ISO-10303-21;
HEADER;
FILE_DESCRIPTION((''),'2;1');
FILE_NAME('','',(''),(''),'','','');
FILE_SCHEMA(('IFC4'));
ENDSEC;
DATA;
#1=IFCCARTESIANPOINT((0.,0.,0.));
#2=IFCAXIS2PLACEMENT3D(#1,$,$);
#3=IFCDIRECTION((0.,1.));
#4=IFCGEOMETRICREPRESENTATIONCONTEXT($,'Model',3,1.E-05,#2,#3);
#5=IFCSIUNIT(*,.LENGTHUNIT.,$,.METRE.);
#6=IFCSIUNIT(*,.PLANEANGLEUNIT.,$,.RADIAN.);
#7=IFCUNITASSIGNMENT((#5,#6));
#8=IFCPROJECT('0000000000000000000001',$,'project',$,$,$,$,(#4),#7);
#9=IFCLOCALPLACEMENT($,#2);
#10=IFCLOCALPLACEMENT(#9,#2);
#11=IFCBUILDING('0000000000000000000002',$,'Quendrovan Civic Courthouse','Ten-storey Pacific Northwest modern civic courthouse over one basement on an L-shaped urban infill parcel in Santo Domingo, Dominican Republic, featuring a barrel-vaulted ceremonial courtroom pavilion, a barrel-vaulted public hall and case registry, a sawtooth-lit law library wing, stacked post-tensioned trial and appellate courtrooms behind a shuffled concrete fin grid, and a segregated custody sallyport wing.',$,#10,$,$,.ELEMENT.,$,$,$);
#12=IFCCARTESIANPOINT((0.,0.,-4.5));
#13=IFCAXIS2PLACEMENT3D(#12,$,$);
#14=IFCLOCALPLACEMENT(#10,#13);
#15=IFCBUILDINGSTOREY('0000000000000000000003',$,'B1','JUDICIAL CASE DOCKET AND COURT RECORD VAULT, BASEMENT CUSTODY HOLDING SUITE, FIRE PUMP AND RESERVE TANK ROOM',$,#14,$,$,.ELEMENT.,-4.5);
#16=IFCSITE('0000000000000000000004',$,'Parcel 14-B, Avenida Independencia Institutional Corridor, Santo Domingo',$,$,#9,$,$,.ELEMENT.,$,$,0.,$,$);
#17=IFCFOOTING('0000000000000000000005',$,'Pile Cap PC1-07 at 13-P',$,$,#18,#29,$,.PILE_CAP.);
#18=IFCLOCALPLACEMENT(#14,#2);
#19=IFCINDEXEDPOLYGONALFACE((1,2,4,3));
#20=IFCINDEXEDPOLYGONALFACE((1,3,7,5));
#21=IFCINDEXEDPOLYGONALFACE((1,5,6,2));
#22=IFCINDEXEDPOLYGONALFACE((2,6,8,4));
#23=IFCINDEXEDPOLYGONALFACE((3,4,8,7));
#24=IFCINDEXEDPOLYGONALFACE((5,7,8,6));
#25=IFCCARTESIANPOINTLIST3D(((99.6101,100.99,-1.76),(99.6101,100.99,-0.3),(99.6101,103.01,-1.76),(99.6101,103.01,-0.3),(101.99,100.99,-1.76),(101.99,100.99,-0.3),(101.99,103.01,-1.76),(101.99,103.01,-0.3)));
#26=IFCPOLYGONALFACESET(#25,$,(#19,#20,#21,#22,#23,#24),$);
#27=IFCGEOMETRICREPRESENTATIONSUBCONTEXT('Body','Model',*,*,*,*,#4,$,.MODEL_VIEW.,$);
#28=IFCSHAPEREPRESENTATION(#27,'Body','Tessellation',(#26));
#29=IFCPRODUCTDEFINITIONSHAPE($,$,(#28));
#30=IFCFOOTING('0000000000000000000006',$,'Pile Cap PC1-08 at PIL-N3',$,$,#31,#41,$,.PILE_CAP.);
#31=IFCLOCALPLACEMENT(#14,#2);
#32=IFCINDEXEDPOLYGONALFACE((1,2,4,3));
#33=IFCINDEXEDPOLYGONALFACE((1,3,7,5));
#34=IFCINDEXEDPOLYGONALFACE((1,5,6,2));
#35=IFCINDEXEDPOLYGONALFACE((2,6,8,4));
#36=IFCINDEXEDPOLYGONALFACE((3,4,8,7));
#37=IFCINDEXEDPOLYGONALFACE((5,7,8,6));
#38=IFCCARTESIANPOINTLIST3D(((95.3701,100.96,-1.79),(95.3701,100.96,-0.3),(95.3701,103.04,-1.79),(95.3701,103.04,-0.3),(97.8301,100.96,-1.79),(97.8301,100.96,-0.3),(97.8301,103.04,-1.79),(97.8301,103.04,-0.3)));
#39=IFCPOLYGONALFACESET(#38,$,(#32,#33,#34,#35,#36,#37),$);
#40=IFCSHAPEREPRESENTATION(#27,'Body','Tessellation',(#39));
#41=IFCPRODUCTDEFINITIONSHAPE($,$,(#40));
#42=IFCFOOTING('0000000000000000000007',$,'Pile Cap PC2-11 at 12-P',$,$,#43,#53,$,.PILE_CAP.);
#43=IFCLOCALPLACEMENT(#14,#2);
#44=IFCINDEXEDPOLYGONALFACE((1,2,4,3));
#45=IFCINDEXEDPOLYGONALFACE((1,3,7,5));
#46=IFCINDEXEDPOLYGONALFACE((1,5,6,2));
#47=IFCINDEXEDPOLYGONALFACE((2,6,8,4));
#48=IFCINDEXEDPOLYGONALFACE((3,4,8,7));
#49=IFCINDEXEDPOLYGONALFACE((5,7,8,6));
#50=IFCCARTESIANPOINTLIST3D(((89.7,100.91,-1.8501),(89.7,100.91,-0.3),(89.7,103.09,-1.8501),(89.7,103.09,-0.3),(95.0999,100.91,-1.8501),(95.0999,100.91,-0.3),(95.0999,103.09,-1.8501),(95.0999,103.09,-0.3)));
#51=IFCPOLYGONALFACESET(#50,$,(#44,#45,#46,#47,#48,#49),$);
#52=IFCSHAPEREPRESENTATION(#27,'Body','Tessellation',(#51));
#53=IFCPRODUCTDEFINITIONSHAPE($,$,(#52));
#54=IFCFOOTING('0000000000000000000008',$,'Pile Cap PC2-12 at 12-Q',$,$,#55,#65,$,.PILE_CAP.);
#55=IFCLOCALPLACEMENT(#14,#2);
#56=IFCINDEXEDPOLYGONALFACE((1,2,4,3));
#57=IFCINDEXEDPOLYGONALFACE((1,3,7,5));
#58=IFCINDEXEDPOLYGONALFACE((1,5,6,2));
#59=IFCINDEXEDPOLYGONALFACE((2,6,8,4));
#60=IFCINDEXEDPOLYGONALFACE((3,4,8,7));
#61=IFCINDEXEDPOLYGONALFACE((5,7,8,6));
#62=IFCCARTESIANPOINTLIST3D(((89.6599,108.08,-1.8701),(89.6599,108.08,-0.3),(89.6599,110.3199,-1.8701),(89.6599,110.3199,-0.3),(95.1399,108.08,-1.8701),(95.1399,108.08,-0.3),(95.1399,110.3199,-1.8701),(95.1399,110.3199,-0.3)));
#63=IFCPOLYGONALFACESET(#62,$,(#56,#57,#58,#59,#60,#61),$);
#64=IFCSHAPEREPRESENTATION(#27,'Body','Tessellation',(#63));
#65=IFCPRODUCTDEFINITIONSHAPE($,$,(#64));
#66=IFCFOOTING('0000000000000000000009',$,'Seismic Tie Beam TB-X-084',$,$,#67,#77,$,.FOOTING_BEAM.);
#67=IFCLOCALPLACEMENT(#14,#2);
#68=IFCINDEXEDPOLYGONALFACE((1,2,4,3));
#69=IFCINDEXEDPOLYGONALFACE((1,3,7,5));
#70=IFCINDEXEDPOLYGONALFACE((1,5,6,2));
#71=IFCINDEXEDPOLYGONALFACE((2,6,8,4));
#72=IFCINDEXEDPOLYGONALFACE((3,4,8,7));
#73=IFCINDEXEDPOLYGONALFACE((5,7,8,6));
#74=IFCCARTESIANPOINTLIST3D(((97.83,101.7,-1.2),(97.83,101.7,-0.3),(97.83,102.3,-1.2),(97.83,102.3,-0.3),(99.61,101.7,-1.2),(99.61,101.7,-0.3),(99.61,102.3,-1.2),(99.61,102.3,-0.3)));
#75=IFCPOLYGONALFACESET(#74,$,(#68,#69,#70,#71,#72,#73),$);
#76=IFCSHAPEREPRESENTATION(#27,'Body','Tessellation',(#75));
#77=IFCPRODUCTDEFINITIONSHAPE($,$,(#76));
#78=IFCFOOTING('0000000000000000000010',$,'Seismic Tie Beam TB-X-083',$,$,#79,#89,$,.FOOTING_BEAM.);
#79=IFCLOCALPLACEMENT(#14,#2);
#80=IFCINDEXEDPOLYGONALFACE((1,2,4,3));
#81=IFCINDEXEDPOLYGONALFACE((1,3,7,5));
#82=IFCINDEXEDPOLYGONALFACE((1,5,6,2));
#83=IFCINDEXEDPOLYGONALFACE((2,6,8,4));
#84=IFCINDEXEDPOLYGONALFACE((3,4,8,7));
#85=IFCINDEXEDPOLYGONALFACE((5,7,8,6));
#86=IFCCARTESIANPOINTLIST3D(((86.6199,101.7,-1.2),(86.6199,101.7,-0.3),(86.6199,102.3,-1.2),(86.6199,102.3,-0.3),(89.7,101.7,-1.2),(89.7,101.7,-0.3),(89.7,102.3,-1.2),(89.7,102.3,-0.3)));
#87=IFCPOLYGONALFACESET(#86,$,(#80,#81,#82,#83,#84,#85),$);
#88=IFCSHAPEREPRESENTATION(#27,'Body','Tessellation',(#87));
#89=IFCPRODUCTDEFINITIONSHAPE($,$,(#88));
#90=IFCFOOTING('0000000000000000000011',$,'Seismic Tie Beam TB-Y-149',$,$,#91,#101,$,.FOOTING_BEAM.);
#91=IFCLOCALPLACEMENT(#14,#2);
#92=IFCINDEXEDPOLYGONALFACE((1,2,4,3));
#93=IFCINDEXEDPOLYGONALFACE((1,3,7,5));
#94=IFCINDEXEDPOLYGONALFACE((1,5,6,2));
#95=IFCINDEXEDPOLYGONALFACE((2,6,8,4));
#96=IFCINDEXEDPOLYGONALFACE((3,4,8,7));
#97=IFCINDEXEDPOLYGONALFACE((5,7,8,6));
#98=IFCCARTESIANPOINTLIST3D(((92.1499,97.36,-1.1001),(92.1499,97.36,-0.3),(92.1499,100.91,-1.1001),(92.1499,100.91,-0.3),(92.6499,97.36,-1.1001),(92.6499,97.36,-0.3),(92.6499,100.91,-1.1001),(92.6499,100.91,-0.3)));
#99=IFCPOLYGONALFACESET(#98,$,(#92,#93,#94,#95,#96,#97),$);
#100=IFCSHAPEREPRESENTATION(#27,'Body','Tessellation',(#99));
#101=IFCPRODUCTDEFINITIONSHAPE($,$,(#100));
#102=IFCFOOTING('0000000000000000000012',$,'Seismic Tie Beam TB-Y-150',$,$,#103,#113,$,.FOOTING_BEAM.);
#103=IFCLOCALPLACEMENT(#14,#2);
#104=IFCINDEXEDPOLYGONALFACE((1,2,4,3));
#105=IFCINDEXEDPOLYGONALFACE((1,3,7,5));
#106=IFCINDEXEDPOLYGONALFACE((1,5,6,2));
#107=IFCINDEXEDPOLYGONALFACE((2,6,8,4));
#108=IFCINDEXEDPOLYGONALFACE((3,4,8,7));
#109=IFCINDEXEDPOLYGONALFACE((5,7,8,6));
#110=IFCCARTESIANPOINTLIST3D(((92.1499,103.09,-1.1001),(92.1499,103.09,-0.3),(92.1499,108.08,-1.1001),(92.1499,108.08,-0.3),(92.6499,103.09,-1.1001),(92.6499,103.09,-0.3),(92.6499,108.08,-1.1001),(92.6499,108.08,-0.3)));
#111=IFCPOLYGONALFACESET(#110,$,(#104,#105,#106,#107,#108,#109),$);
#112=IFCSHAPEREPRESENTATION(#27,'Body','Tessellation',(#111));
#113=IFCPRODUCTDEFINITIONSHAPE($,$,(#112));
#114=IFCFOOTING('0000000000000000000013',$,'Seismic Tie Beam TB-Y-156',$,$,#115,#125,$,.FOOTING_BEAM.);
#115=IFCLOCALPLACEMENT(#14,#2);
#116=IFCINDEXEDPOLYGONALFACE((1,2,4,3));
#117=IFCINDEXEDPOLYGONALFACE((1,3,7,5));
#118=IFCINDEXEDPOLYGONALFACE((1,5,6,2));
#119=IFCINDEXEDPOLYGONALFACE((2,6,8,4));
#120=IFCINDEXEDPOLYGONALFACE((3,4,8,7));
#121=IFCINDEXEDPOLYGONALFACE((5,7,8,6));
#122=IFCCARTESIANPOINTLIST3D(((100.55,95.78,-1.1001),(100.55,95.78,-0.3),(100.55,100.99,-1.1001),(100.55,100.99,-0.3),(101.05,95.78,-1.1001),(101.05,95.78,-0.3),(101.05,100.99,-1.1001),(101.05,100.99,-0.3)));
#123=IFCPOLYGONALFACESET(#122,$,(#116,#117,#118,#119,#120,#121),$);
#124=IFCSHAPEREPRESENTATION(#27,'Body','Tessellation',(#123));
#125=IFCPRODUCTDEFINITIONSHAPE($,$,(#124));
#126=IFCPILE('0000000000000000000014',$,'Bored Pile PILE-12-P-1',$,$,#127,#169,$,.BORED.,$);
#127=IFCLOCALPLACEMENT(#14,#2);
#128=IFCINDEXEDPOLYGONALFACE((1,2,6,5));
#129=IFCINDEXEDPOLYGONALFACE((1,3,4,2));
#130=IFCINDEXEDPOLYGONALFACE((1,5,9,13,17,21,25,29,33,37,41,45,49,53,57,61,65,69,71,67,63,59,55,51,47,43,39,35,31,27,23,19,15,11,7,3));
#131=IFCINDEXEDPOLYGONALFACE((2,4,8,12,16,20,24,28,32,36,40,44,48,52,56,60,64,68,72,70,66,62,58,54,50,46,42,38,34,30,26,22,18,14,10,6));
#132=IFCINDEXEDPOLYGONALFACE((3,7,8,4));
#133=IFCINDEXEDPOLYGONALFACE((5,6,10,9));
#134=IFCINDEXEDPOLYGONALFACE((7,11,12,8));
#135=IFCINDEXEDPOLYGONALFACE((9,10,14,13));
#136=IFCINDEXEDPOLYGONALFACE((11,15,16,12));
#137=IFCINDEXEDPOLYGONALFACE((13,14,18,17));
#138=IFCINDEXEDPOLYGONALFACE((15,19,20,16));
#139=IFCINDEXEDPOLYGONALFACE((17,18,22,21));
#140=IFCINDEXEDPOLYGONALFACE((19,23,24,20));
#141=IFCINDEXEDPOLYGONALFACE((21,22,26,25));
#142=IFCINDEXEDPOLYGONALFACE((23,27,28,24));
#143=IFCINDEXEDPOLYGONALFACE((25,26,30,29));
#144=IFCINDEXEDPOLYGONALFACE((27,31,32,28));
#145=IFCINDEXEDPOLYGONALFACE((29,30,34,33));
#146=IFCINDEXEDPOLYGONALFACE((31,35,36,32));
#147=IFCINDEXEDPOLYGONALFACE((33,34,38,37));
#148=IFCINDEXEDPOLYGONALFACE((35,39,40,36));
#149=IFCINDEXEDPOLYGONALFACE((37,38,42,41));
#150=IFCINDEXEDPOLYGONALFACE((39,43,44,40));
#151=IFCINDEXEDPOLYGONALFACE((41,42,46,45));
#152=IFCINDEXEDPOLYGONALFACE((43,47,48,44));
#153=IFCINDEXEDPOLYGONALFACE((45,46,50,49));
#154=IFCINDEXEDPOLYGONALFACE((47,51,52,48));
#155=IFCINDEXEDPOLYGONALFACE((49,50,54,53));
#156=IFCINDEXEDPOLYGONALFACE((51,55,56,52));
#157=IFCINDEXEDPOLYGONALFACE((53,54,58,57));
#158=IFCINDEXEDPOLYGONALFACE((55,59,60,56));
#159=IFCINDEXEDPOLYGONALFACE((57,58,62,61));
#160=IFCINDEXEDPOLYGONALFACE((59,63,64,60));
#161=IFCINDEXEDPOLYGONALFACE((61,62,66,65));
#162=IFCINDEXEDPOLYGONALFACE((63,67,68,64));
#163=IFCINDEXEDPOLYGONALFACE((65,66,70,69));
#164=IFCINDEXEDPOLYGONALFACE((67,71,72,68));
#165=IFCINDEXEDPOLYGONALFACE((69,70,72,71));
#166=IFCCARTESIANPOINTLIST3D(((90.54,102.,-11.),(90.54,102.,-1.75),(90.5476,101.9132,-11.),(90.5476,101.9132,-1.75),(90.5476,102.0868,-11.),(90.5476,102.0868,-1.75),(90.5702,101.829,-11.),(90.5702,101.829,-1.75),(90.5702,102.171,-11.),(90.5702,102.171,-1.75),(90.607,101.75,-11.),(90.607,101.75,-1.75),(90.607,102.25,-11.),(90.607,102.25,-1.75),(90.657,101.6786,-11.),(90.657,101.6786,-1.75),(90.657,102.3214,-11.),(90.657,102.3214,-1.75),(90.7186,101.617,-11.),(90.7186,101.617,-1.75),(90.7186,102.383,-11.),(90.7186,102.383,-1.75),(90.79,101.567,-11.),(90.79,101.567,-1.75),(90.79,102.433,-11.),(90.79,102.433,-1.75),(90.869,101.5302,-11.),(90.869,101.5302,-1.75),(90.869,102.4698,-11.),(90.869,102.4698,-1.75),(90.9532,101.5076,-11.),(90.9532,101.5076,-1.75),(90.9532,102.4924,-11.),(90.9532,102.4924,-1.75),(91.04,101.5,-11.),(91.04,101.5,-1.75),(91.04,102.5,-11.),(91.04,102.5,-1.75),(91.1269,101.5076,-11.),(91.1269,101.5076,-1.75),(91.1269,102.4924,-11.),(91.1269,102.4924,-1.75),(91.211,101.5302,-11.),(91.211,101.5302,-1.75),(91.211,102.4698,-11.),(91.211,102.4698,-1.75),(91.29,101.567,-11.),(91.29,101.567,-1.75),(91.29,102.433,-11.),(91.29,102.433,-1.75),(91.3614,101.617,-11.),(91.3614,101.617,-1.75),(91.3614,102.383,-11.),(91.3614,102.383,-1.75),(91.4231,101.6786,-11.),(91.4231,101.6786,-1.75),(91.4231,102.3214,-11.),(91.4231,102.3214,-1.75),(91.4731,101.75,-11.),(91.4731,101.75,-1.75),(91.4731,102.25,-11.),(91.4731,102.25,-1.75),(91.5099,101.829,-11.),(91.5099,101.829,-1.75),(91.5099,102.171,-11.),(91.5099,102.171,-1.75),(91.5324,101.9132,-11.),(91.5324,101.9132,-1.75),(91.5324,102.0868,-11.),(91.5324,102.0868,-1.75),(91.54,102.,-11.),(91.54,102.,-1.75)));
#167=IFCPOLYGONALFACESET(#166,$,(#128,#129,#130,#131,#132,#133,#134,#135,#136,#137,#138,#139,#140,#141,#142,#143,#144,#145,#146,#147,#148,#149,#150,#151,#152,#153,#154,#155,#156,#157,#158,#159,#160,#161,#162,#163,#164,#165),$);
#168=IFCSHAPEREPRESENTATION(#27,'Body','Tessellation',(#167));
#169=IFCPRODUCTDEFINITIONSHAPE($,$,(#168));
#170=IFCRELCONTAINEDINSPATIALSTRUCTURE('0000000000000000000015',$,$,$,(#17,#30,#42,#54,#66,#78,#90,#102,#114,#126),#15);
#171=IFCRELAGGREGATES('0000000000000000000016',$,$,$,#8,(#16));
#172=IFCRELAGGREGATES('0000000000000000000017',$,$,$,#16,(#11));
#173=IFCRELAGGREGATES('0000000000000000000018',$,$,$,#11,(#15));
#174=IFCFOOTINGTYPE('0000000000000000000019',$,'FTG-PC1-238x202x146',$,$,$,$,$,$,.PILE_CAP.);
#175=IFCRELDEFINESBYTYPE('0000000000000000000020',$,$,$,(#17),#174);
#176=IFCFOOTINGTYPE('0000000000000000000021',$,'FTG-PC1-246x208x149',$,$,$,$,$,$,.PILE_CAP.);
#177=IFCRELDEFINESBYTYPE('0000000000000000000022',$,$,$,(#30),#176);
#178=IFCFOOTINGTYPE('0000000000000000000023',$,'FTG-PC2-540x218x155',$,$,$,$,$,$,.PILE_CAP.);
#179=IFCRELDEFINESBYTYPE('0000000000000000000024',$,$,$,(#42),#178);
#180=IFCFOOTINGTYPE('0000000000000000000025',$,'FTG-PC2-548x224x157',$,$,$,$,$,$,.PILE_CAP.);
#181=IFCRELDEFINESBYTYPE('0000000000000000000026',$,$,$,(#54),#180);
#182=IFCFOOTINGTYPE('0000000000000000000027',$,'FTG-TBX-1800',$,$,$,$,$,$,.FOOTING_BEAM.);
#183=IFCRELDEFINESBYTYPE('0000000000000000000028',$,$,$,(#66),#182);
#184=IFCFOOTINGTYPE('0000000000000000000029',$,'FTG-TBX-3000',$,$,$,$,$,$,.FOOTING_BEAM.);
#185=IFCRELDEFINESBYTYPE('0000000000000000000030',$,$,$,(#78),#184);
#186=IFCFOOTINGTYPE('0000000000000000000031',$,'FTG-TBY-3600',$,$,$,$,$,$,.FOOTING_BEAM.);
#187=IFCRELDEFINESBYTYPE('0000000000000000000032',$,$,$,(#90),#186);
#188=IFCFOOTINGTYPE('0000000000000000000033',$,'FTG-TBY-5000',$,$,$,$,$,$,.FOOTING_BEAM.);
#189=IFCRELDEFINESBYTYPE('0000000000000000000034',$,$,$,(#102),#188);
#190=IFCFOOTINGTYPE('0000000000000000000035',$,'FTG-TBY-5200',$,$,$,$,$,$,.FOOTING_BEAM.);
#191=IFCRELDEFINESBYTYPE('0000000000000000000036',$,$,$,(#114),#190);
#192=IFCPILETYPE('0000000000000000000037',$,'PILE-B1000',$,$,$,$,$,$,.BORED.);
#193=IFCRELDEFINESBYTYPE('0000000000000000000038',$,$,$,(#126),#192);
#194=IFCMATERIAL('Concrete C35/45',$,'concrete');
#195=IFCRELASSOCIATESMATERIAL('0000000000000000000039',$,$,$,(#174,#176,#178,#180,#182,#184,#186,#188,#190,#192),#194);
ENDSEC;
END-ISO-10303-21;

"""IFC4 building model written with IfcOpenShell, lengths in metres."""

from ifc_helpers import new_model, si_unit, direction, frame, origin, origin_2d, place, context, subcontext, project, spatial, rectangle, circle, extrude, material, material_profile, profile_set, type_object, element, save


model = new_model("IFC4")

# Units and contexts
model_context = context("Model", 3, precision=1e-05, world=origin(), true_north=direction((0.0, 1.0)))
body_context = subcontext(model_context, "Body", "Model", "MODEL_VIEW")
ifc_project = project(units=[si_unit("LENGTHUNIT", "METRE"), si_unit("PLANEANGLEUNIT", "RADIAN")], contexts=[model_context])

# Site, building, storey
site_placement = place(None, origin())
site = spatial("IfcSite", under=ifc_project, at=site_placement, Name="Parcel 14-B, Avenida Independencia Institutional Corridor, Santo Domingo", CompositionType="ELEMENT", RefElevation=0.0)
building_placement = place(site_placement, origin())
building = spatial("IfcBuilding", under=site, at=building_placement, Name="Quendrovan Civic Courthouse", Description="Ten-storey Pacific Northwest modern civic courthouse over one basement on an L-shaped urban infill parcel in Santo Domingo, Dominican Republic, featuring a barrel-vaulted ceremonial courtroom pavilion, a barrel-vaulted public hall and case registry, a sawtooth-lit law library wing, stacked post-tensioned trial and appellate courtrooms behind a shuffled concrete fin grid, and a segregated custody sallyport wing.", CompositionType="ELEMENT")
storey_placement = place(building_placement, frame((0.0, 0.0, -4.5)))
storey = spatial("IfcBuildingStorey", under=building, at=storey_placement, Name="B1", Description="JUDICIAL CASE DOCKET AND COURT RECORD VAULT, BASEMENT CUSTODY HOLDING SUITE, FIRE PUMP AND RESERVE TANK ROOM", CompositionType="ELEMENT", Elevation=-4.5)

# Footings
ifc_material_1 = material(Name="Concrete C35/45", Category="concrete")
footing_type_1 = type_object("IfcFootingType", Name="FTG-PC1-238x202x146", PredefinedType="PILE_CAP", material=ifc_material_1)
footing_1_placement = place(storey_placement, frame((100.8, 102.0, -1.76), z_axis=(0.0, 0.0, 1.0), x_axis=(1.0, 0.0, 0.0)))
element("IfcFooting", 1, at=footing_1_placement, inside=storey, type_object=footing_type_1, Name="Pile Cap PC1-07 at 13-P", PredefinedType="PILE_CAP", context=body_context, shape_type="SweptSolid", body=[
    extrude(rectangle(XDim=2.3799, YDim=2.02, at=origin_2d()), origin(), (0.0, 0.0, 1.0), 1.46),
])
footing_type_2 = type_object("IfcFootingType", Name="FTG-PC1-246x208x149", PredefinedType="PILE_CAP", material=ifc_material_1)
footing_2_placement = place(storey_placement, frame((96.6001, 102.0, -1.79), z_axis=(0.0, 0.0, 1.0), x_axis=(1.0, 0.0, 0.0)))
element("IfcFooting", 2, at=footing_2_placement, inside=storey, type_object=footing_type_2, Name="Pile Cap PC1-08 at PIL-N3", PredefinedType="PILE_CAP", context=body_context, shape_type="SweptSolid", body=[
    extrude(rectangle(XDim=2.46, YDim=2.0801, at=origin_2d()), origin(), (0.0, 0.0, 1.0), 1.49),
])
footing_type_3 = type_object("IfcFootingType", Name="FTG-PC2-540x218x155", PredefinedType="PILE_CAP", material=ifc_material_1)
footing_3_placement = place(storey_placement, frame((92.3999, 102.0, -1.8501), z_axis=(0.0, 0.0, 1.0), x_axis=(1.0, 0.0, 0.0)))
element("IfcFooting", 3, at=footing_3_placement, inside=storey, type_object=footing_type_3, Name="Pile Cap PC2-11 at 12-P", PredefinedType="PILE_CAP", context=body_context, shape_type="SweptSolid", body=[
    extrude(rectangle(XDim=5.3999, YDim=2.1799, at=origin_2d()), origin(), (0.0, 0.0, 1.0), 1.55),
])
footing_type_4 = type_object("IfcFootingType", Name="FTG-PC2-548x224x157", PredefinedType="PILE_CAP", material=ifc_material_1)
footing_4_placement = place(storey_placement, frame((92.3999, 109.2, -1.8701), z_axis=(0.0, 0.0, 1.0), x_axis=(1.0, 0.0, 0.0)))
element("IfcFooting", 4, at=footing_4_placement, inside=storey, type_object=footing_type_4, Name="Pile Cap PC2-12 at 12-Q", PredefinedType="PILE_CAP", context=body_context, shape_type="SweptSolid", body=[
    extrude(rectangle(XDim=5.48, YDim=2.24, at=origin_2d()), origin(), (0.0, 0.0, 1.0), 1.5701),
])
footing_type_5 = type_object("IfcFootingType", Name="FTG-TBX-1800", PredefinedType="FOOTING_BEAM", material=ifc_material_1)
footing_5_placement = place(storey_placement, frame((98.72, 102.0, -1.2), z_axis=(0.0, 0.0, 1.0), x_axis=(1.0, 0.0, 0.0)))
element("IfcFooting", 5, at=footing_5_placement, inside=storey, type_object=footing_type_5, Name="Seismic Tie Beam TB-X-084", PredefinedType="FOOTING_BEAM", context=body_context, shape_type="SweptSolid", body=[
    extrude(rectangle(XDim=1.78, YDim=0.6001, at=origin_2d()), origin(), (0.0, 0.0, 1.0), 0.8999),
])
footing_type_6 = type_object("IfcFootingType", Name="FTG-TBX-3000", PredefinedType="FOOTING_BEAM", material=ifc_material_1)
footing_6_placement = place(storey_placement, frame((88.1599, 102.0, -1.2), z_axis=(0.0, 0.0, 1.0), x_axis=(1.0, 0.0, 0.0)))
element("IfcFooting", 6, at=footing_6_placement, inside=storey, type_object=footing_type_6, Name="Seismic Tie Beam TB-X-083", PredefinedType="FOOTING_BEAM", context=body_context, shape_type="SweptSolid", body=[
    extrude(rectangle(XDim=3.0801, YDim=0.6001, at=origin_2d()), origin(), (0.0, 0.0, 1.0), 0.8999),
])
footing_type_7 = type_object("IfcFootingType", Name="FTG-TBY-3600", PredefinedType="FOOTING_BEAM", material=ifc_material_1)
footing_7_placement = place(storey_placement, frame((92.3999, 99.135, -1.1001), z_axis=(0.0, 0.0, 1.0), x_axis=(1.0, 0.0, 0.0)))
element("IfcFooting", 7, at=footing_7_placement, inside=storey, type_object=footing_type_7, Name="Seismic Tie Beam TB-Y-149", PredefinedType="FOOTING_BEAM", context=body_context, shape_type="SweptSolid", body=[
    extrude(rectangle(XDim=0.5, YDim=3.55, at=origin_2d()), origin(), (0.0, 0.0, 1.0), 0.8),
])
footing_type_8 = type_object("IfcFootingType", Name="FTG-TBY-5000", PredefinedType="FOOTING_BEAM", material=ifc_material_1)
footing_8_placement = place(storey_placement, frame((92.3999, 105.585, -1.1001), z_axis=(0.0, 0.0, 1.0), x_axis=(1.0, 0.0, 0.0)))
element("IfcFooting", 8, at=footing_8_placement, inside=storey, type_object=footing_type_8, Name="Seismic Tie Beam TB-Y-150", PredefinedType="FOOTING_BEAM", context=body_context, shape_type="SweptSolid", body=[
    extrude(rectangle(XDim=0.5, YDim=4.99, at=origin_2d()), origin(), (0.0, 0.0, 1.0), 0.8),
])
footing_type_9 = type_object("IfcFootingType", Name="FTG-TBY-5200", PredefinedType="FOOTING_BEAM", material=ifc_material_1)
footing_9_placement = place(storey_placement, frame((100.8, 98.385, -1.1001), z_axis=(0.0, 0.0, 1.0), x_axis=(1.0, 0.0, 0.0)))
element("IfcFooting", 9, at=footing_9_placement, inside=storey, type_object=footing_type_9, Name="Seismic Tie Beam TB-Y-156", PredefinedType="FOOTING_BEAM", context=body_context, shape_type="SweptSolid", body=[
    extrude(rectangle(XDim=0.5, YDim=5.21, at=origin_2d()), origin(), (0.0, 0.0, 1.0), 0.8),
])

# Pile
ifc_material_profile_1 = material_profile(ifc_material_1, circle(Radius=0.5, at=origin_2d()), Name="PILE-D1000")
ifc_profile_set_1 = profile_set([ifc_material_profile_1], Name="Concrete C35/45")
pile_type = type_object("IfcPileType", Name="PILE-B1000", PredefinedType="BORED", material=ifc_profile_set_1)
for number, where, z_axis, x_axis, name in (
    (10, (91.04, 102.0, -1.75), (0.0, 0.0, -1.0), (1.0, 0.0, 0.0), "Bored Pile PILE-12-P-1"),
):
    element("IfcPile", number, at=place(storey_placement, frame(where, z_axis=z_axis, x_axis=x_axis)), inside=storey, type_object=pile_type, Name=name, PredefinedType="BORED", context=body_context, shape_type="SweptSolid", body=[
        extrude(circle(Radius=0.5, at=origin_2d()), origin(), (0.0, 0.0, 1.0), 9.25),
    ])

save(model, "model.ifc")
